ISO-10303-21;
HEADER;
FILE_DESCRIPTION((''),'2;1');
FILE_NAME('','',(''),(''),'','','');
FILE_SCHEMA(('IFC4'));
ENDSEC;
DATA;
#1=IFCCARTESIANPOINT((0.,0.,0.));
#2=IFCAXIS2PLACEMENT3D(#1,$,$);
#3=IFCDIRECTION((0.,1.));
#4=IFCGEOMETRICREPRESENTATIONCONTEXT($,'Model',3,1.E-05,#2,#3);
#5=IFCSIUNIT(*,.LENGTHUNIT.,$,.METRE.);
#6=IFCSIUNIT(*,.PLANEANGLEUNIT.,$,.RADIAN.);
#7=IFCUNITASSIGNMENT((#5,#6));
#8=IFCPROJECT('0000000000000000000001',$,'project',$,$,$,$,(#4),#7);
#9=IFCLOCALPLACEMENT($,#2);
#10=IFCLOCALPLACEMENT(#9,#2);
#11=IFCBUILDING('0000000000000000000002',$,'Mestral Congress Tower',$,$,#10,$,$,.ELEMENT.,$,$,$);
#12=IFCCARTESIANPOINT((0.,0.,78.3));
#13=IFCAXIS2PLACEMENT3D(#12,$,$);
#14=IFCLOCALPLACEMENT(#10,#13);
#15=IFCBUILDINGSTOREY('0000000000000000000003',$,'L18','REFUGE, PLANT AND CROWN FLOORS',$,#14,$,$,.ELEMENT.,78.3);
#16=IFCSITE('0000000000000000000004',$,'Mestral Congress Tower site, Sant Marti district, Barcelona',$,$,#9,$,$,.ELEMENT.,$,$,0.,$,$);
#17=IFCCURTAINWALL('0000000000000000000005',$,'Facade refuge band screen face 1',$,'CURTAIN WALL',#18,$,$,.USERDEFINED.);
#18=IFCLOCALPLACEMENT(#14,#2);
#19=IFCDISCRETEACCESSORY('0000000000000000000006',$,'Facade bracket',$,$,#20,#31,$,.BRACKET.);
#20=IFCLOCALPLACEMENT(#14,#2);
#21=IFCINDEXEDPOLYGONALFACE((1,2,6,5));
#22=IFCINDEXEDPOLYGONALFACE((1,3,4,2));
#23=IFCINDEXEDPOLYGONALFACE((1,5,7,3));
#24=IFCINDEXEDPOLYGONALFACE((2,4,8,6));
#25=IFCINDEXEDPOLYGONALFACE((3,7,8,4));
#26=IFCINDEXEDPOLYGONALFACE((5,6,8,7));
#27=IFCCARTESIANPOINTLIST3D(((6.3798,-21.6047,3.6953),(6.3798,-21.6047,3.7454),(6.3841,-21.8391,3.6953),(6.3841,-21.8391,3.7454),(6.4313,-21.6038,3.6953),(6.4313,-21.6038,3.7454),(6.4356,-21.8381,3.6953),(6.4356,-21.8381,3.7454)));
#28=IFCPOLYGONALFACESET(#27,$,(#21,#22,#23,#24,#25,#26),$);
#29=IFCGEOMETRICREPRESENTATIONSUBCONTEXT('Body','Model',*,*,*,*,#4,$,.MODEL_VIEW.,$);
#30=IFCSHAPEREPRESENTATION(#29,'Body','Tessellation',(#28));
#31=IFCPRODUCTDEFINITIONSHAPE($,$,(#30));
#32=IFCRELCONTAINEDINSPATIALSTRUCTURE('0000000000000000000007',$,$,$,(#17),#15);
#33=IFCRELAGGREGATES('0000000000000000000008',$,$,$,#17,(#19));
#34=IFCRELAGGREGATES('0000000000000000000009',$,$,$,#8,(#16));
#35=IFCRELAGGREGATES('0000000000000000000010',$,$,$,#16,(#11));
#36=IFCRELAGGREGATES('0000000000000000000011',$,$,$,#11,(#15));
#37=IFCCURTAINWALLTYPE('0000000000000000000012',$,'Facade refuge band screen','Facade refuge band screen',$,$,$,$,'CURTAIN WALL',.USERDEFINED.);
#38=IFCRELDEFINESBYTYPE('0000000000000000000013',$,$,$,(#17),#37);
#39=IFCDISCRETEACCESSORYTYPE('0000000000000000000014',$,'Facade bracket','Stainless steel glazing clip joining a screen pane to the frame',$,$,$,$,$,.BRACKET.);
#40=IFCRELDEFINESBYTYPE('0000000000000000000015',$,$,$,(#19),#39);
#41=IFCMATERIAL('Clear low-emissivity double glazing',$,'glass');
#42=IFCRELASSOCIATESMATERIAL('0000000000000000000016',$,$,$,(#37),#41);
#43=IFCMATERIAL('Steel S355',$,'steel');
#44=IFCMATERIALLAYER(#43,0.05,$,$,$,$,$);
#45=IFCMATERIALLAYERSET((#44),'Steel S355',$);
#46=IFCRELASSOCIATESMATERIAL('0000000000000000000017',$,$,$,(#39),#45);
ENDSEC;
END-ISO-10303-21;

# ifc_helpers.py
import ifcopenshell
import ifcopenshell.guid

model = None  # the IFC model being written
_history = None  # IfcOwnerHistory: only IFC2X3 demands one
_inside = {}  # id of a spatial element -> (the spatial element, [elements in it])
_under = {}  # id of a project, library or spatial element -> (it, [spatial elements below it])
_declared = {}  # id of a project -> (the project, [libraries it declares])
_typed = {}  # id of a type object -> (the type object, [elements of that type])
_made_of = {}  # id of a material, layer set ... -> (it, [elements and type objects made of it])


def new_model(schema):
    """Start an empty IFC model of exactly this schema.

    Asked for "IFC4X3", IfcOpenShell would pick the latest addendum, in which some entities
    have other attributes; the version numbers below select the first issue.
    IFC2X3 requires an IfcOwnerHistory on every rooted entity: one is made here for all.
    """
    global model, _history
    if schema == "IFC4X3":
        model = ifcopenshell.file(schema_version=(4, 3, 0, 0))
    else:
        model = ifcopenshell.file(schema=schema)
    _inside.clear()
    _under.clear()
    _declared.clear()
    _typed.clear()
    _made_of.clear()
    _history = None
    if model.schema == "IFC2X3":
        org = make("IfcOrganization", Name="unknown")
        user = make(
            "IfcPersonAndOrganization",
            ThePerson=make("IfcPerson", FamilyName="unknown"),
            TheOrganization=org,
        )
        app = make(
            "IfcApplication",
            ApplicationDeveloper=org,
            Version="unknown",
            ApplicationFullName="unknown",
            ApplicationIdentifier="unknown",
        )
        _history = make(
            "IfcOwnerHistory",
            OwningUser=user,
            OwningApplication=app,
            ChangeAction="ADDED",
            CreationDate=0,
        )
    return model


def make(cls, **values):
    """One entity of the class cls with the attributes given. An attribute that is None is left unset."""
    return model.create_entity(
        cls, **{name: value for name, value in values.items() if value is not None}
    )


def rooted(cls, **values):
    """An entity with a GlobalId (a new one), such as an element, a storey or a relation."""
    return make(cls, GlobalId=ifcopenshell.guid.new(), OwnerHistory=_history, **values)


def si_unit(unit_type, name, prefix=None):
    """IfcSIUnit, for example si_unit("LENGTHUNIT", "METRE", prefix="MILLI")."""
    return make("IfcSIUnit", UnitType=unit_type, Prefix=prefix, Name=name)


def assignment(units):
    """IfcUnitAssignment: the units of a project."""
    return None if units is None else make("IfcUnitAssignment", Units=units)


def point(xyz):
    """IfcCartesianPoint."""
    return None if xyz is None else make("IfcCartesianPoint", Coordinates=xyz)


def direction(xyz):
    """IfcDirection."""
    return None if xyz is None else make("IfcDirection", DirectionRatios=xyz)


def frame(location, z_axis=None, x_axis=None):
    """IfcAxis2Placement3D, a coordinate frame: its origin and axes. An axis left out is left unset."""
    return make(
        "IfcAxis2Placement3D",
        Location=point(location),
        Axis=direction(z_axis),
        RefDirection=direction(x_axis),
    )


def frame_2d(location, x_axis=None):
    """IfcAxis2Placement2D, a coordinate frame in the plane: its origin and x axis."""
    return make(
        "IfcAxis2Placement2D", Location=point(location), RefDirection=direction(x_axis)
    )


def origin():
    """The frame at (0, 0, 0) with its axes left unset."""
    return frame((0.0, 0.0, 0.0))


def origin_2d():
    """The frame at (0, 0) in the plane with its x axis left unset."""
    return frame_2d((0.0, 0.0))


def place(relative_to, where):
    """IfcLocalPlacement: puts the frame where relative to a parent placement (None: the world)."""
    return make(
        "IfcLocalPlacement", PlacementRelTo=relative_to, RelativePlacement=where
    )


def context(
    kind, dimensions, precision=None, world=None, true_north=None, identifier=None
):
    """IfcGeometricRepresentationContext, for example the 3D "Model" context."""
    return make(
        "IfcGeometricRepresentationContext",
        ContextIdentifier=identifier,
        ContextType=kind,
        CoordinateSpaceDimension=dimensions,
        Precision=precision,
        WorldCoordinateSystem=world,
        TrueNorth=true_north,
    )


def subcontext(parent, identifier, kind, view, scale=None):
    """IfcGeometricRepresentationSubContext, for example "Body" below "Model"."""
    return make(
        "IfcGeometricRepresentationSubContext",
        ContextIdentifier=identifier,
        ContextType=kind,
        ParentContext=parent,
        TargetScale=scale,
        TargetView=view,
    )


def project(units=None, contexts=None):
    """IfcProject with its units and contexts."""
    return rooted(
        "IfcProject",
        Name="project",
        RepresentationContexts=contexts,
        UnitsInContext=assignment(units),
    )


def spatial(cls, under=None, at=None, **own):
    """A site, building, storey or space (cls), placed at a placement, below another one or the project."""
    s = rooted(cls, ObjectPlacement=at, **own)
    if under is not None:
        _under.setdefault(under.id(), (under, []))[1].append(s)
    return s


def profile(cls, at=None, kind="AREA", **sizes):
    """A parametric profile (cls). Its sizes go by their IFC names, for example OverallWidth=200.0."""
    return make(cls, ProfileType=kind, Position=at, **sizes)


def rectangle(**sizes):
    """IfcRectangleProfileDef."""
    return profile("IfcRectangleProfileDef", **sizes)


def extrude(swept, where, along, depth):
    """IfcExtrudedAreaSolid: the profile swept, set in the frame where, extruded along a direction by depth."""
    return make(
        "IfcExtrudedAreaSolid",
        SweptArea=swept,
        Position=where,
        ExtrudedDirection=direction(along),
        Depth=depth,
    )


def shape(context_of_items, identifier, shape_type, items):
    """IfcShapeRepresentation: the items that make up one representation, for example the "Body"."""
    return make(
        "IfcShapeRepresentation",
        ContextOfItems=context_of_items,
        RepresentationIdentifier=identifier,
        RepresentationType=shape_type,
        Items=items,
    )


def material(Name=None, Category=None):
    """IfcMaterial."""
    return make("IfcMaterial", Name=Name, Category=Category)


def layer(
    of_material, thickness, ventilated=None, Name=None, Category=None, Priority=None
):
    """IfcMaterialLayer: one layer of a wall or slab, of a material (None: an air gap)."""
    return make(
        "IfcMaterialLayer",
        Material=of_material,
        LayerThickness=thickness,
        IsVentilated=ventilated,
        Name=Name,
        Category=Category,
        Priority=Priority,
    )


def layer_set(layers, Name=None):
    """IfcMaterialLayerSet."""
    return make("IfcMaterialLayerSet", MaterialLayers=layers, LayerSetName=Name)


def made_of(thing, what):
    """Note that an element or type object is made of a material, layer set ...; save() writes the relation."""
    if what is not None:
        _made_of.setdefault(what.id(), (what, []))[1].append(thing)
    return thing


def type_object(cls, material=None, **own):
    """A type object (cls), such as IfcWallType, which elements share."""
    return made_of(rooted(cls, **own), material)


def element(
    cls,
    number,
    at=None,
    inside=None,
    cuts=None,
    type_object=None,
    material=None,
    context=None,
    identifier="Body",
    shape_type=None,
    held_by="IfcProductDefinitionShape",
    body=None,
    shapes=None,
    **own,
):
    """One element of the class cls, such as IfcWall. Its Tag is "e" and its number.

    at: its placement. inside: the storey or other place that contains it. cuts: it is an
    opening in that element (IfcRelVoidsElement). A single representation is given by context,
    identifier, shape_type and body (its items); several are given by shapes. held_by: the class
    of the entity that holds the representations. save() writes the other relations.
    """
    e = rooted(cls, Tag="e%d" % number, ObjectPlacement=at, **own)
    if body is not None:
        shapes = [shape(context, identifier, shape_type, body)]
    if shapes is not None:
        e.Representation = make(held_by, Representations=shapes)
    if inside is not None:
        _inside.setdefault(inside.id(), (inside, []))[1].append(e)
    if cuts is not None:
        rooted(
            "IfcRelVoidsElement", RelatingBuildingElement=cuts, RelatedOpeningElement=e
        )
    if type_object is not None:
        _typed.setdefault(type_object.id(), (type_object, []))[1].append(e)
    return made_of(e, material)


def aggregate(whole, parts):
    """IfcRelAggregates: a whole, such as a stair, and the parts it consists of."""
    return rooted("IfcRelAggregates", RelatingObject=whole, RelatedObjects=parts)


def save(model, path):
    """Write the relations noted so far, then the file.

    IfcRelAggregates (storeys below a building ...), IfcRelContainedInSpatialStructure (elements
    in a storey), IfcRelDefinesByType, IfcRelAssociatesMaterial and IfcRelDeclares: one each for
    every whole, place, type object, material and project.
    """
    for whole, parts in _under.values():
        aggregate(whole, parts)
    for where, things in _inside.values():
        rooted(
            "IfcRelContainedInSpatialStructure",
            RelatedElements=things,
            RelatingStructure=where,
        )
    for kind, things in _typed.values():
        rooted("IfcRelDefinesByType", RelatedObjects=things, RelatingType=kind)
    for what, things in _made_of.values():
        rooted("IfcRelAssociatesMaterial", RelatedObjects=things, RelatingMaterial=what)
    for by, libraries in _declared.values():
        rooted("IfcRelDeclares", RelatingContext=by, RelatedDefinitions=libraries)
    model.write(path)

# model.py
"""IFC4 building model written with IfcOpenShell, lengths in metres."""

from ifc_helpers import new_model, si_unit, direction, frame, origin, origin_2d, place, context, subcontext, project, spatial, rectangle, extrude, material, layer, layer_set, type_object, element, aggregate, save


model = new_model("IFC4")

# Units and contexts
model_context = context("Model", 3, precision=1e-05, world=origin(), true_north=direction((0.0, 1.0)))
body_context = subcontext(model_context, "Body", "Model", "MODEL_VIEW")
ifc_project = project(units=[si_unit("LENGTHUNIT", "METRE"), si_unit("PLANEANGLEUNIT", "RADIAN")], contexts=[model_context])

# Site, building, storey
site_placement = place(None, origin())
site = spatial("IfcSite", under=ifc_project, at=site_placement, Name="Mestral Congress Tower site, Sant Marti district, Barcelona", CompositionType="ELEMENT", RefElevation=0.0)
building_placement = place(site_placement, origin())
building = spatial("IfcBuilding", under=site, at=building_placement, Name="Mestral Congress Tower", CompositionType="ELEMENT")
storey_placement = place(building_placement, frame((0.0, 0.0, 78.3)))
storey = spatial("IfcBuildingStorey", under=building, at=storey_placement, Name="L18", Description="REFUGE, PLANT AND CROWN FLOORS", CompositionType="ELEMENT", Elevation=78.3)

# Shared definitions
ifc_material_1 = material(Name="Steel S355", Category="steel")

# Curtain wall
ifc_material_2 = material(Name="Clear low-emissivity double glazing", Category="glass")
curtain_wall_type = type_object("IfcCurtainWallType", Name="Facade refuge band screen", Description="Facade refuge band screen", ElementType="CURTAIN WALL", PredefinedType="USERDEFINED", material=ifc_material_2)
curtain_wall_placement = place(storey_placement, origin())
curtain_wall = element("IfcCurtainWall", 1, at=curtain_wall_placement, inside=storey, type_object=curtain_wall_type, Name="Facade refuge band screen face 1", ObjectType="CURTAIN WALL", PredefinedType="USERDEFINED")

# Discrete accessory
ifc_layer_1 = layer(ifc_material_1, 0.05)
ifc_layer_set_1 = layer_set([ifc_layer_1], Name="Steel S355")
discrete_accessory_type = type_object("IfcDiscreteAccessoryType", Name="Facade bracket", Description="Stainless steel glazing clip joining a screen pane to the frame", PredefinedType="BRACKET", material=ifc_layer_set_1)
discrete_accessory_1_placement = place(storey_placement, frame((6.4077, -21.7214, 3.6953), z_axis=(0.0, 0.0, 1.0), x_axis=(0.999831, 0.0184, 0.0)))
discrete_accessory_1 = element("IfcDiscreteAccessory", 2, at=discrete_accessory_1_placement, type_object=discrete_accessory_type, Name="Facade bracket", PredefinedType="BRACKET", context=body_context, shape_type="SweptSolid", body=[
    extrude(rectangle(XDim=0.0515, YDim=0.2344, at=origin_2d()), origin(), (0.0, 0.0, 1.0), 0.05),
])
aggregate(curtain_wall, [discrete_accessory_1])

save(model, "model.ifc")
